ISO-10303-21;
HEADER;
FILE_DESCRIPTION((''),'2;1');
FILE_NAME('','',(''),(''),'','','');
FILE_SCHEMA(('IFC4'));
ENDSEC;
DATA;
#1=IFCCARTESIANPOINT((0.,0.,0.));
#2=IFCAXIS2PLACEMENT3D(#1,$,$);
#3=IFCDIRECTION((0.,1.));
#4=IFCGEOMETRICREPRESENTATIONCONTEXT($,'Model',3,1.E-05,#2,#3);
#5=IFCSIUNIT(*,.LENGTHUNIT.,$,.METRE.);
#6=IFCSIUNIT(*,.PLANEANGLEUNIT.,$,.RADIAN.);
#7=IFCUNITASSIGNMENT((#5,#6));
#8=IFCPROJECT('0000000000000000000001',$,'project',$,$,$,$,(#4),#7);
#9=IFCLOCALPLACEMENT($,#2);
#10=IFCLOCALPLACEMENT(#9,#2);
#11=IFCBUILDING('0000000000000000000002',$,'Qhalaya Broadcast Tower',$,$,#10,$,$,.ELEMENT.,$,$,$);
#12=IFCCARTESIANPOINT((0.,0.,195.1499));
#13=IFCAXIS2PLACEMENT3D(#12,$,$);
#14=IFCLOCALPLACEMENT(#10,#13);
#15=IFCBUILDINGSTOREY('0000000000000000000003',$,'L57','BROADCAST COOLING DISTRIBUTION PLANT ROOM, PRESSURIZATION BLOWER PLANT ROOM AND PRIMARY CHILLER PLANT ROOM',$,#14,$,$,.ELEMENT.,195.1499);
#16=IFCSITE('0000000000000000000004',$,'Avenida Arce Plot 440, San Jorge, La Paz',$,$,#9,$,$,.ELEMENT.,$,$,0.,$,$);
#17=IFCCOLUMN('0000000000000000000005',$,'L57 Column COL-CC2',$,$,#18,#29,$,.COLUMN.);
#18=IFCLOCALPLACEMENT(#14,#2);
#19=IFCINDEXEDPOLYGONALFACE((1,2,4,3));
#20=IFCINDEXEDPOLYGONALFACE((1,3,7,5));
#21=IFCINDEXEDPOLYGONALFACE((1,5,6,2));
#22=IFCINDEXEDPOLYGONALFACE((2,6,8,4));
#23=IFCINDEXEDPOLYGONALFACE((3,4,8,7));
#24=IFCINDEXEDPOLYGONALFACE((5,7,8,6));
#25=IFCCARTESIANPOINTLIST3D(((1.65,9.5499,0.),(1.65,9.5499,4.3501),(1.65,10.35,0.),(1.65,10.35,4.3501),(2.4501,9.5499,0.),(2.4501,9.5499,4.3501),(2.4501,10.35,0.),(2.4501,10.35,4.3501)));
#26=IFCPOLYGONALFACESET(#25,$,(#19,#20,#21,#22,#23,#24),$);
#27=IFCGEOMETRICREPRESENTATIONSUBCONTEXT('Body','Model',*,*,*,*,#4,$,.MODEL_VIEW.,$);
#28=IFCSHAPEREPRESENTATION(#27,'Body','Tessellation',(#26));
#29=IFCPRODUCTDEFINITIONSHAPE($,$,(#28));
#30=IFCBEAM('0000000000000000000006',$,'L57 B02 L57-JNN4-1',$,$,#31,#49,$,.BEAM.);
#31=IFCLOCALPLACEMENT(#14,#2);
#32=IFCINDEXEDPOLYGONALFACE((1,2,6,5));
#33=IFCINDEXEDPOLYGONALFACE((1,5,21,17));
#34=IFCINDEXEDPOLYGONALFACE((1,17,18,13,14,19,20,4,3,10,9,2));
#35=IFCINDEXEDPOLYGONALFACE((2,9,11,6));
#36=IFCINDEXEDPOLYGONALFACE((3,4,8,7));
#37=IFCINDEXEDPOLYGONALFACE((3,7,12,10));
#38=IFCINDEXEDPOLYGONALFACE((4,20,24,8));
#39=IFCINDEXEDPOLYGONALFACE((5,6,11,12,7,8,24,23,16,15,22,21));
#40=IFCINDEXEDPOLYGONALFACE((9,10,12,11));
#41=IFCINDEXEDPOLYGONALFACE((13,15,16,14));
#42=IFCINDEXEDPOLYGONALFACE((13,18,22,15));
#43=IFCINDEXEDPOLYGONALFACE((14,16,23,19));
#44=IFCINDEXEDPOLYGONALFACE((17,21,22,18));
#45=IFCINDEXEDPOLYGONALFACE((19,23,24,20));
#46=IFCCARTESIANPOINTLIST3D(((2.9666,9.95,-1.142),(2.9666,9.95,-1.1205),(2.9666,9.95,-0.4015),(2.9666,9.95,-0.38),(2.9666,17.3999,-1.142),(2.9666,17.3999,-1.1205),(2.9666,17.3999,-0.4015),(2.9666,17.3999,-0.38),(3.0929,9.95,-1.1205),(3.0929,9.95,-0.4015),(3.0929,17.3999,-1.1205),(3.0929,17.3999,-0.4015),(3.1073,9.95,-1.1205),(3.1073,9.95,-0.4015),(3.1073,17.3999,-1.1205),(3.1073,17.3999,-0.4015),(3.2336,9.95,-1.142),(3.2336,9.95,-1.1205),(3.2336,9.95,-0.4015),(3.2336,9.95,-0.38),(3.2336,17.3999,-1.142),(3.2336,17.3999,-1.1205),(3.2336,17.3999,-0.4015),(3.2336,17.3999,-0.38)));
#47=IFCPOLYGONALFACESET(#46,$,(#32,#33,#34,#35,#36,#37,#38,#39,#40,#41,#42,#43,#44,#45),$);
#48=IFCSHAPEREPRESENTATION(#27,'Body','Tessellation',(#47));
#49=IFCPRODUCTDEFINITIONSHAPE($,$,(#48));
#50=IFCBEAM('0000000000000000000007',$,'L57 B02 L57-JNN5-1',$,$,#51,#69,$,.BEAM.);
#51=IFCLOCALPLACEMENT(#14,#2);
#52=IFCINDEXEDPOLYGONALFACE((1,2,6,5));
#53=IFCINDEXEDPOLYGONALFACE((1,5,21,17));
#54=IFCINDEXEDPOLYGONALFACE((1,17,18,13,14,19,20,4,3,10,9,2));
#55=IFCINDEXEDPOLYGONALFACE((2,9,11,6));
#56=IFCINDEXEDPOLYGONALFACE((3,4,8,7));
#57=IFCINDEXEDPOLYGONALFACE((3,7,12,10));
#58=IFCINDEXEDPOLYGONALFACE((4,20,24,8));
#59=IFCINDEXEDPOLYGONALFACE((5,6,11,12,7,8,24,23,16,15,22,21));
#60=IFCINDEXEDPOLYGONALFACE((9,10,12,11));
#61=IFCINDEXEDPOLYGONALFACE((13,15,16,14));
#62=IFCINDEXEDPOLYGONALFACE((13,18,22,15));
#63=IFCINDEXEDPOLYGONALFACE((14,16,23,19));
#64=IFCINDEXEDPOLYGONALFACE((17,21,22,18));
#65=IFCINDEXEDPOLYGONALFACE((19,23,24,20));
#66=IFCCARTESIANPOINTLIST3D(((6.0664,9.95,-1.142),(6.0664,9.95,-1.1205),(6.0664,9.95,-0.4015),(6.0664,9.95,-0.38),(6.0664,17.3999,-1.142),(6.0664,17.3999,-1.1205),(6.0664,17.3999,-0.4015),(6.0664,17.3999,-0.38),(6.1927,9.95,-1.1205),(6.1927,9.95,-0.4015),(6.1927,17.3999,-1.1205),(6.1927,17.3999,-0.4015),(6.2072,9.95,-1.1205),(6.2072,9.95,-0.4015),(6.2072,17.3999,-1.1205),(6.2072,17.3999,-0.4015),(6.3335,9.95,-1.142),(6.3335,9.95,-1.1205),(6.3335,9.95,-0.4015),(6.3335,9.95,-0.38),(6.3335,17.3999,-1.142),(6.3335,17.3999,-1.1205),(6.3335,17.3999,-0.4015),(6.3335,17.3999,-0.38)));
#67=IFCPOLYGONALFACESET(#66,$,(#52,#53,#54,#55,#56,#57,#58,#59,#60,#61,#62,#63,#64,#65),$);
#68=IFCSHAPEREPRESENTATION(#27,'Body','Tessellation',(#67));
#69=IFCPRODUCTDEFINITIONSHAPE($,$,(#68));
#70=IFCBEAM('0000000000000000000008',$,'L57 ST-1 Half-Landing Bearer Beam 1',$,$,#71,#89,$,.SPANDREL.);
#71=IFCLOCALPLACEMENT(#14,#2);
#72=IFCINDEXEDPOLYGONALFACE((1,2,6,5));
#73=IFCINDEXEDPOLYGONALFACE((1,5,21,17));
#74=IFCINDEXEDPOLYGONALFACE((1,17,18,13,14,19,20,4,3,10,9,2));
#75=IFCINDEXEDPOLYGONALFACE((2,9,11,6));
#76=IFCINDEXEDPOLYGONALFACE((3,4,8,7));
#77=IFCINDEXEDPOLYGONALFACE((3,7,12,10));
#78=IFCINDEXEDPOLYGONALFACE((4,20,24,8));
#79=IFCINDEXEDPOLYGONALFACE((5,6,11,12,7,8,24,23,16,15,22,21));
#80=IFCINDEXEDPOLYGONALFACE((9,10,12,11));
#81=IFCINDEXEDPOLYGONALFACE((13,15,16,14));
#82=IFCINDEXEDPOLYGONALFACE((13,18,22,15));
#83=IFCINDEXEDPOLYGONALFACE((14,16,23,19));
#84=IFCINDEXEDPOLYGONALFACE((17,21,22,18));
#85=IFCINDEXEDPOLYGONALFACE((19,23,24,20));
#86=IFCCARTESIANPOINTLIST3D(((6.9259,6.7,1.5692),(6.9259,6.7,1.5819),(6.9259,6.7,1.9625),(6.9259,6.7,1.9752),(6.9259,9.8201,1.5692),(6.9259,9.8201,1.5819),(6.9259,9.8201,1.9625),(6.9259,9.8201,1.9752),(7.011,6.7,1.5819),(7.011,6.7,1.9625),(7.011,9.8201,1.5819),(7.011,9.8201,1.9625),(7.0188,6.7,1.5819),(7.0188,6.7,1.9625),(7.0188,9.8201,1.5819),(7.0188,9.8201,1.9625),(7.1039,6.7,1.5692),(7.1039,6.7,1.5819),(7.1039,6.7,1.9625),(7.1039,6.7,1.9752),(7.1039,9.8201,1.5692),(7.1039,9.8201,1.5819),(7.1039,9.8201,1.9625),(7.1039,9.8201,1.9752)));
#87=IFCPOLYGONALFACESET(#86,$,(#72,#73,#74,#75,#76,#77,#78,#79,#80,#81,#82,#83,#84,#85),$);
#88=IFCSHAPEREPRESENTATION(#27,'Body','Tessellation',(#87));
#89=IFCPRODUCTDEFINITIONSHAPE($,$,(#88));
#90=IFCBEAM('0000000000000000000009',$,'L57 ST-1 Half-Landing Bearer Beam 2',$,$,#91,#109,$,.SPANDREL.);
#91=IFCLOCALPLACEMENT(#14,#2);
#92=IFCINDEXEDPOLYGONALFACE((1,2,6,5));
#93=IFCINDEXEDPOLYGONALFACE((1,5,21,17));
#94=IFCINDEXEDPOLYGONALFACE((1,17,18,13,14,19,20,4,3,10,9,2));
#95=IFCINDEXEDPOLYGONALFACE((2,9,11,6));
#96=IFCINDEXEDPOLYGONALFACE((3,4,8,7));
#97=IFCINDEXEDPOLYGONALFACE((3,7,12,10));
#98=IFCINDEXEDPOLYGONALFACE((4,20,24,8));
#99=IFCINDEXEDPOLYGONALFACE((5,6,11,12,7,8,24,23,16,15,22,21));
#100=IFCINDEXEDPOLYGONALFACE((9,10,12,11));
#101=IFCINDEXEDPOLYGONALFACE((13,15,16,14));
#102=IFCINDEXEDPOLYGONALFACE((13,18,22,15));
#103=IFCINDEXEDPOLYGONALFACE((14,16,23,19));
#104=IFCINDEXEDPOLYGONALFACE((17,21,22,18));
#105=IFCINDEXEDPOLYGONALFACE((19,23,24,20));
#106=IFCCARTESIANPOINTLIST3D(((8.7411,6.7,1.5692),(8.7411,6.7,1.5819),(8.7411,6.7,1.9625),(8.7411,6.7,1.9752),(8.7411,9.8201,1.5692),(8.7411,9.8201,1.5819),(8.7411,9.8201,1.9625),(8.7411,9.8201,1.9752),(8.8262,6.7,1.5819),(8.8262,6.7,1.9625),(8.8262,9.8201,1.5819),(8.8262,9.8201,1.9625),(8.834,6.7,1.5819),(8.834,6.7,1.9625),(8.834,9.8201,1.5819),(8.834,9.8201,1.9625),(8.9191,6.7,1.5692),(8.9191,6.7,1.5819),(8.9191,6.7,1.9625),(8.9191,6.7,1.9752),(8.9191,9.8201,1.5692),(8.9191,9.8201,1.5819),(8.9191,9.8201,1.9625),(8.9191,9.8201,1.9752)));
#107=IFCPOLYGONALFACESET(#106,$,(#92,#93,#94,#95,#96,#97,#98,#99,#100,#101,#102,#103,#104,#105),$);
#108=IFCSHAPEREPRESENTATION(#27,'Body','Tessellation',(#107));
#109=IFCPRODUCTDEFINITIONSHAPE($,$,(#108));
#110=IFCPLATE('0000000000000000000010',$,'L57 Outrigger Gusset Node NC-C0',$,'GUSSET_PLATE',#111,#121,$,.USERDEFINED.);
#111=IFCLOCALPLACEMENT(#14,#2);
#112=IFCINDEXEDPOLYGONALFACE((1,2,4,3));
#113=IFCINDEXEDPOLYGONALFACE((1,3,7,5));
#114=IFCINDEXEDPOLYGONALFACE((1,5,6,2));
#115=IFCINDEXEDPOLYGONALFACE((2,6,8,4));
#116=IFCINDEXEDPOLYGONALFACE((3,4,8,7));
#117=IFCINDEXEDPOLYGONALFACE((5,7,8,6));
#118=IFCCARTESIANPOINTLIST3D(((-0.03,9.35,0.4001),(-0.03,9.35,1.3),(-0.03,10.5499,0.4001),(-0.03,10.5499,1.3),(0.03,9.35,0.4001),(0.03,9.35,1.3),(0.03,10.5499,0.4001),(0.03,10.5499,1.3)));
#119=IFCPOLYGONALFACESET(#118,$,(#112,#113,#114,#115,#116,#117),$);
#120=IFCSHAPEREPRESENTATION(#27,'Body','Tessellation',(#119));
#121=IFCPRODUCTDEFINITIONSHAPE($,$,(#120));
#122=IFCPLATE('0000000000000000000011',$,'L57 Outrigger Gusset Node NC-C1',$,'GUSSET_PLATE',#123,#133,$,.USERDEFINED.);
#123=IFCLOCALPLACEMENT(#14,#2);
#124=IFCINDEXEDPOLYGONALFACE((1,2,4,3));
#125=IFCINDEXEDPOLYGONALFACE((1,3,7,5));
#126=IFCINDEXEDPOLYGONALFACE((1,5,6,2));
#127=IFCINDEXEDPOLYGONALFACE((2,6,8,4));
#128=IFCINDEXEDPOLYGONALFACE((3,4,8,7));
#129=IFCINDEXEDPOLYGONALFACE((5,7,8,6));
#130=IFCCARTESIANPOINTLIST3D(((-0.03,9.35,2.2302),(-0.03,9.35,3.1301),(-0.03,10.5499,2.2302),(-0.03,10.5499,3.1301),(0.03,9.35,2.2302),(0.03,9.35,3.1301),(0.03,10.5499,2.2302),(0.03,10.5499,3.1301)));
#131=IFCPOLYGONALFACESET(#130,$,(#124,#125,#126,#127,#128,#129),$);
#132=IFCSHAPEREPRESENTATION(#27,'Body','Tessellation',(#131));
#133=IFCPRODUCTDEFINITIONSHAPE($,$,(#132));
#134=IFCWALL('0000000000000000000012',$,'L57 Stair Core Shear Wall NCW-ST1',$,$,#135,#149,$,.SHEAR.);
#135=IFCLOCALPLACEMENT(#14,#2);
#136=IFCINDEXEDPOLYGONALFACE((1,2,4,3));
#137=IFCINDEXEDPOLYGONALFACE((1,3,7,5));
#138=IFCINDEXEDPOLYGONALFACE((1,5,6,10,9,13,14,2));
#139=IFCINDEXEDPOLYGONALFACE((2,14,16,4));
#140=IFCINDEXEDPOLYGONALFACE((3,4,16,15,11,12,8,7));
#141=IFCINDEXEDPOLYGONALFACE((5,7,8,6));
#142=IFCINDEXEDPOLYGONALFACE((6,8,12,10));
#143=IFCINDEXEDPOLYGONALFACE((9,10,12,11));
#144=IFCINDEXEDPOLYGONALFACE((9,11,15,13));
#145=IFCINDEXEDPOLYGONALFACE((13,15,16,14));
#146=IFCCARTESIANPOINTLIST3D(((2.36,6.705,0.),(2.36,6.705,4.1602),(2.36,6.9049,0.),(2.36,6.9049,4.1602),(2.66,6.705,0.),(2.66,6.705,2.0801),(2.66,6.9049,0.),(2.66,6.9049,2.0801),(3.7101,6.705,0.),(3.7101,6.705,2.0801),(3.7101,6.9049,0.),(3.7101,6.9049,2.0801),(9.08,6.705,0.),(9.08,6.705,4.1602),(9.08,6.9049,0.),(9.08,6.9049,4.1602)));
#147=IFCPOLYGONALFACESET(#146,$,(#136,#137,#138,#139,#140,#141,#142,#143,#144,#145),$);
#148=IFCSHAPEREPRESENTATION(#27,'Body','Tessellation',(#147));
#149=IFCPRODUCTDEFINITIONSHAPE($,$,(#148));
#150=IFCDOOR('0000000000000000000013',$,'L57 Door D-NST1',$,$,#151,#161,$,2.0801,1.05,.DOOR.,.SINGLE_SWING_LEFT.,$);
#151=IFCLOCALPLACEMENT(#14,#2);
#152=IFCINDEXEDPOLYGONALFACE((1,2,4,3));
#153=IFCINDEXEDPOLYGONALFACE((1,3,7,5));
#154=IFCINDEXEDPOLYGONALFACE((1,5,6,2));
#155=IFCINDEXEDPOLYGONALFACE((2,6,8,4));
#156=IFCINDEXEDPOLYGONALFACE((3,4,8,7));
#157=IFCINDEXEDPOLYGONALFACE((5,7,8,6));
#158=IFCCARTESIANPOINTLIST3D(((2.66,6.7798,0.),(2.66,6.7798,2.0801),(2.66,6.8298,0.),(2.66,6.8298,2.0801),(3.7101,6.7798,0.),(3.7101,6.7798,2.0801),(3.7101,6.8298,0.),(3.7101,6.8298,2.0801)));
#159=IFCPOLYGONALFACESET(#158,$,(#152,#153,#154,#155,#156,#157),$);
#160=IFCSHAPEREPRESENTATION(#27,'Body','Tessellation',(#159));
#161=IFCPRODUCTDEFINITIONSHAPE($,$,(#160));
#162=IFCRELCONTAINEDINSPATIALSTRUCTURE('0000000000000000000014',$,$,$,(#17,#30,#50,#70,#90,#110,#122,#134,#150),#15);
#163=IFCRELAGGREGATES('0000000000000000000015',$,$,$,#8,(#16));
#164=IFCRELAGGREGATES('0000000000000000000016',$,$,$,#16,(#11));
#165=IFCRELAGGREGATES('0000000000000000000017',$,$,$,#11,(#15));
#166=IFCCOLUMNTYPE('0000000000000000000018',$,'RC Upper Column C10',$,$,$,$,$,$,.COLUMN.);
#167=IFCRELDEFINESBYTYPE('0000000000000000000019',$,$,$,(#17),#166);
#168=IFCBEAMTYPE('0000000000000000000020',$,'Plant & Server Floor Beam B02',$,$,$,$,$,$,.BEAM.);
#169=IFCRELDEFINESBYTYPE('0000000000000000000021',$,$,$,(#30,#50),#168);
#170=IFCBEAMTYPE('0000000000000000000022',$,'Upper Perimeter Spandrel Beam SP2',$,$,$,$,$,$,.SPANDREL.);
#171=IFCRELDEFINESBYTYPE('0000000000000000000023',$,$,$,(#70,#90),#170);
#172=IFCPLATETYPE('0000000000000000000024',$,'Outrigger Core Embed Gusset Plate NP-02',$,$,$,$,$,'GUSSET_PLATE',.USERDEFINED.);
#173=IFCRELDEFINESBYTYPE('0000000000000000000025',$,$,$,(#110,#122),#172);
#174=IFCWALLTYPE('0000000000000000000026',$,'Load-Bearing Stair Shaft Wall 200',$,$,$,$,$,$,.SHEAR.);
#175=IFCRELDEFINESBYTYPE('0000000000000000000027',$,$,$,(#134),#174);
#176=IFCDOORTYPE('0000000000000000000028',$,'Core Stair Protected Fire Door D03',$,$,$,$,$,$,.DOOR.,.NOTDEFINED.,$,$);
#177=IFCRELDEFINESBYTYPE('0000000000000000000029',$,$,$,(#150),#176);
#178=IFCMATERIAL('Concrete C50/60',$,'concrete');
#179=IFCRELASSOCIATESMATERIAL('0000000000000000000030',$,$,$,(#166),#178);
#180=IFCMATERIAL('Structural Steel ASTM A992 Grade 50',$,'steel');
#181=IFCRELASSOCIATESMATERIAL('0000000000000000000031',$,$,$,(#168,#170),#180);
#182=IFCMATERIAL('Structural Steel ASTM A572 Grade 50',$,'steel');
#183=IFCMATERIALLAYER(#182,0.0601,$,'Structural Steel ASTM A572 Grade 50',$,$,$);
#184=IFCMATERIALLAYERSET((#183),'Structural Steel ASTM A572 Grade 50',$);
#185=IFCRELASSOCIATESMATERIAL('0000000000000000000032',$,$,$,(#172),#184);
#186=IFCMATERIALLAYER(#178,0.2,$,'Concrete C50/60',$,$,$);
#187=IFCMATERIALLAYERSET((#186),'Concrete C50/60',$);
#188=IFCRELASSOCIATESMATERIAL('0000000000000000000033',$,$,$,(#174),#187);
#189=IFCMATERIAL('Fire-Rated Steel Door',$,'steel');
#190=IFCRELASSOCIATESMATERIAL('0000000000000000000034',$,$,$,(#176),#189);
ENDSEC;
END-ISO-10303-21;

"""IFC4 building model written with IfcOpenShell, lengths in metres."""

from ifc_helpers import new_model, si_unit, direction, frame, frame_2d, origin, origin_2d, place, context, subcontext, project, spatial, rectangle, i_section, extrude, material, layer, layer_set, material_profile, profile_set, type_object, element, fill, save


model = new_model("IFC4")

# Units and contexts
model_context = context("Model", 3, precision=1e-05, world=origin(), true_north=direction((0.0, 1.0)))
body_context = subcontext(model_context, "Body", "Model", "MODEL_VIEW")
ifc_project = project(units=[si_unit("LENGTHUNIT", "METRE"), si_unit("PLANEANGLEUNIT", "RADIAN")], contexts=[model_context])

# Site, building, storey
site_placement = place(None, origin())
site = spatial("IfcSite", under=ifc_project, at=site_placement, Name="Avenida Arce Plot 440, San Jorge, La Paz", CompositionType="ELEMENT", RefElevation=0.0)
building_placement = place(site_placement, origin())
building = spatial("IfcBuilding", under=site, at=building_placement, Name="Qhalaya Broadcast Tower", CompositionType="ELEMENT")
storey_placement = place(building_placement, frame((0.0, 0.0, 195.1499)))
storey = spatial("IfcBuildingStorey", under=building, at=storey_placement, Name="L57", Description="BROADCAST COOLING DISTRIBUTION PLANT ROOM, PRESSURIZATION BLOWER PLANT ROOM AND PRIMARY CHILLER PLANT ROOM", CompositionType="ELEMENT", Elevation=195.1499)

# Column
ifc_material_1 = material(Name="Concrete C50/60", Category="concrete")
ifc_material_profile_1 = material_profile(ifc_material_1, rectangle(XDim=0.8, YDim=0.8, at=origin_2d()), Name="RC-COL 800x800")
ifc_profile_set_1 = profile_set([ifc_material_profile_1], Name="Concrete C50/60")
column_type = type_object("IfcColumnType", Name="RC Upper Column C10", PredefinedType="COLUMN", material=ifc_profile_set_1)
column_placement = place(storey_placement, frame((2.05, 9.95, 0.0), z_axis=(0.0, 0.0, 1.0), x_axis=(1.0, 0.0, 0.0)))
element("IfcColumn", 1, at=column_placement, inside=storey, type_object=column_type, Name="L57 Column COL-CC2", PredefinedType="COLUMN", context=body_context, shape_type="SweptSolid", body=[
    extrude(rectangle(XDim=0.8, YDim=0.8, at=origin_2d()), origin(), (0.0, 0.0, 1.0), 4.3501),
])

# Beams
ifc_material_2 = material(Name="Structural Steel ASTM A992 Grade 50", Category="steel")
ifc_material_profile_2 = material_profile(ifc_material_2, i_section(OverallWidth=0.2671, OverallDepth=0.762, WebThickness=0.0144, FlangeThickness=0.0215, at=origin_2d()), Name="W30X116")
ifc_profile_set_2 = profile_set([ifc_material_profile_2], Name="Structural Steel ASTM A992 Grade 50")
beam_type_1 = type_object("IfcBeamType", Name="Plant & Server Floor Beam B02", PredefinedType="BEAM", material=ifc_profile_set_2)
for number, where, z_axis, x_axis, name in (
    (2, (3.1001, 9.95, -0.761), (0.0, 1.0, 0.0), (-1.0, 0.0, 0.0), "L57 B02 L57-JNN4-1"),
    (3, (6.2, 9.95, -0.761), (0.0, 1.0, 0.0), (-1.0, 0.0, 0.0), "L57 B02 L57-JNN5-1"),
):
    element("IfcBeam", number, at=place(storey_placement, frame(where, z_axis=z_axis, x_axis=x_axis)), inside=storey, type_object=beam_type_1, Name=name, PredefinedType="BEAM", context=body_context, shape_type="SweptSolid", body=[
        extrude(i_section(OverallWidth=0.2671, OverallDepth=0.762, WebThickness=0.0144, FlangeThickness=0.0215, at=origin_2d()), origin(), (0.0, 0.0, 1.0), 7.45),
    ])
ifc_material_profile_3 = material_profile(ifc_material_2, i_section(OverallWidth=0.178, OverallDepth=0.406, WebThickness=0.0078, FlangeThickness=0.0127, at=origin_2d()), Name="W16X40")
ifc_profile_set_3 = profile_set([ifc_material_profile_3], Name="Structural Steel ASTM A992 Grade 50")
beam_type_2 = type_object("IfcBeamType", Name="Upper Perimeter Spandrel Beam SP2", PredefinedType="SPANDREL", material=ifc_profile_set_3)
for number, where, z_axis, x_axis, name in (
    (4, (7.0149, 6.7, 1.7722), (0.0, 1.0, 0.0), (-1.0, 0.0, 0.0), "L57 ST-1 Half-Landing Bearer Beam 1"),
    (5, (8.8301, 6.7, 1.7722), (0.0, 1.0, 0.0), (-1.0, 0.0, 0.0), "L57 ST-1 Half-Landing Bearer Beam 2"),
):
    element("IfcBeam", number, at=place(storey_placement, frame(where, z_axis=z_axis, x_axis=x_axis)), inside=storey, type_object=beam_type_2, Name=name, PredefinedType="SPANDREL", context=body_context, shape_type="SweptSolid", body=[
        extrude(i_section(OverallWidth=0.178, OverallDepth=0.406, WebThickness=0.0078, FlangeThickness=0.0127, at=origin_2d()), origin(), (0.0, 0.0, 1.0), 3.1201),
    ])

# Plates
ifc_material_3 = material(Name="Structural Steel ASTM A572 Grade 50", Category="steel")
ifc_layer_1 = layer(ifc_material_3, 0.0601, Name="Structural Steel ASTM A572 Grade 50")
ifc_layer_set_1 = layer_set([ifc_layer_1], Name="Structural Steel ASTM A572 Grade 50")
plate_type = type_object("IfcPlateType", Name="Outrigger Core Embed Gusset Plate NP-02", ElementType="GUSSET_PLATE", PredefinedType="USERDEFINED", material=ifc_layer_set_1)
for number, where, z_axis, x_axis, name in (
    (6, (0.0, 9.95, 0.4001), (0.0, 0.0, 1.0), (0.0, 1.0, 0.0), "L57 Outrigger Gusset Node NC-C0"),
    (7, (0.0, 9.95, 2.2302), (0.0, 0.0, 1.0), (0.0, 1.0, 0.0), "L57 Outrigger Gusset Node NC-C1"),
):
    element("IfcPlate", number, at=place(storey_placement, frame(where, z_axis=z_axis, x_axis=x_axis)), inside=storey, type_object=plate_type, Name=name, ObjectType="GUSSET_PLATE", PredefinedType="USERDEFINED", context=body_context, shape_type="SweptSolid", body=[
        extrude(rectangle(XDim=1.2, YDim=0.0601, at=origin_2d()), origin(), (0.0, 0.0, 1.0), 0.8999),
    ])

# Wall, opening, door
ifc_layer_2 = layer(ifc_material_1, 0.2, Name="Concrete C50/60")
ifc_layer_set_2 = layer_set([ifc_layer_2], Name="Concrete C50/60")
wall_type_1 = type_object("IfcWallType", Name="Load-Bearing Stair Shaft Wall 200", PredefinedType="SHEAR", material=ifc_layer_set_2)
wall_1_placement = place(storey_placement, frame((2.3601, 6.8049, 0.0), z_axis=(0.0, 0.0, 1.0), x_axis=(1.0, 0.0, 0.0)))
wall_1 = element("IfcWall", 8, at=wall_1_placement, inside=storey, type_object=wall_type_1, Name="L57 Stair Core Shear Wall NCW-ST1", PredefinedType="SHEAR", context=body_context, shape_type="SweptSolid", body=[
    extrude(rectangle(XDim=6.72, YDim=0.2, at=frame_2d((3.3599, 0.0))), origin(), (0.0, 0.0, 1.0), 4.1602),
])
opening_1_placement = place(wall_1_placement, frame((0.3, 0.0, 0.0)))
opening_1 = element("IfcOpeningElement", 9, at=opening_1_placement, cuts=wall_1, PredefinedType="OPENING", context=body_context, shape_type="SweptSolid", body=[
    extrude(rectangle(XDim=1.05, YDim=2.0801, at=frame_2d((0.5249, 1.04))), frame((0.0, 0.1121, 0.0), z_axis=(0.0, -1.0, 0.0), x_axis=(1.0, 0.0, 0.0)), (0.0, 0.0, 1.0), 0.2239),
])
ifc_material_4 = material(Name="Fire-Rated Steel Door", Category="steel")
door_type_1 = type_object("IfcDoorType", Name="Core Stair Protected Fire Door D03", OperationType="NOTDEFINED", PredefinedType="DOOR", material=ifc_material_4)
door_1_placement = place(opening_1_placement, origin())
door_1 = element("IfcDoor", 10, at=door_1_placement, inside=storey, type_object=door_type_1, Name="L57 Door D-NST1", OperationType="SINGLE_SWING_LEFT", OverallHeight=2.0801, OverallWidth=1.05, PredefinedType="DOOR", context=body_context, shape_type="SweptSolid", body=[
    extrude(rectangle(XDim=1.05, YDim=2.0801, at=frame_2d((0.5249, 1.04))), frame((0.0, 0.0249, 0.0), z_axis=(0.0, -1.0, 0.0), x_axis=(1.0, 0.0, 0.0)), (0.0, 0.0, 1.0), 0.05),
])
fill(opening_1, door_1)

save(model, "model.ifc")
